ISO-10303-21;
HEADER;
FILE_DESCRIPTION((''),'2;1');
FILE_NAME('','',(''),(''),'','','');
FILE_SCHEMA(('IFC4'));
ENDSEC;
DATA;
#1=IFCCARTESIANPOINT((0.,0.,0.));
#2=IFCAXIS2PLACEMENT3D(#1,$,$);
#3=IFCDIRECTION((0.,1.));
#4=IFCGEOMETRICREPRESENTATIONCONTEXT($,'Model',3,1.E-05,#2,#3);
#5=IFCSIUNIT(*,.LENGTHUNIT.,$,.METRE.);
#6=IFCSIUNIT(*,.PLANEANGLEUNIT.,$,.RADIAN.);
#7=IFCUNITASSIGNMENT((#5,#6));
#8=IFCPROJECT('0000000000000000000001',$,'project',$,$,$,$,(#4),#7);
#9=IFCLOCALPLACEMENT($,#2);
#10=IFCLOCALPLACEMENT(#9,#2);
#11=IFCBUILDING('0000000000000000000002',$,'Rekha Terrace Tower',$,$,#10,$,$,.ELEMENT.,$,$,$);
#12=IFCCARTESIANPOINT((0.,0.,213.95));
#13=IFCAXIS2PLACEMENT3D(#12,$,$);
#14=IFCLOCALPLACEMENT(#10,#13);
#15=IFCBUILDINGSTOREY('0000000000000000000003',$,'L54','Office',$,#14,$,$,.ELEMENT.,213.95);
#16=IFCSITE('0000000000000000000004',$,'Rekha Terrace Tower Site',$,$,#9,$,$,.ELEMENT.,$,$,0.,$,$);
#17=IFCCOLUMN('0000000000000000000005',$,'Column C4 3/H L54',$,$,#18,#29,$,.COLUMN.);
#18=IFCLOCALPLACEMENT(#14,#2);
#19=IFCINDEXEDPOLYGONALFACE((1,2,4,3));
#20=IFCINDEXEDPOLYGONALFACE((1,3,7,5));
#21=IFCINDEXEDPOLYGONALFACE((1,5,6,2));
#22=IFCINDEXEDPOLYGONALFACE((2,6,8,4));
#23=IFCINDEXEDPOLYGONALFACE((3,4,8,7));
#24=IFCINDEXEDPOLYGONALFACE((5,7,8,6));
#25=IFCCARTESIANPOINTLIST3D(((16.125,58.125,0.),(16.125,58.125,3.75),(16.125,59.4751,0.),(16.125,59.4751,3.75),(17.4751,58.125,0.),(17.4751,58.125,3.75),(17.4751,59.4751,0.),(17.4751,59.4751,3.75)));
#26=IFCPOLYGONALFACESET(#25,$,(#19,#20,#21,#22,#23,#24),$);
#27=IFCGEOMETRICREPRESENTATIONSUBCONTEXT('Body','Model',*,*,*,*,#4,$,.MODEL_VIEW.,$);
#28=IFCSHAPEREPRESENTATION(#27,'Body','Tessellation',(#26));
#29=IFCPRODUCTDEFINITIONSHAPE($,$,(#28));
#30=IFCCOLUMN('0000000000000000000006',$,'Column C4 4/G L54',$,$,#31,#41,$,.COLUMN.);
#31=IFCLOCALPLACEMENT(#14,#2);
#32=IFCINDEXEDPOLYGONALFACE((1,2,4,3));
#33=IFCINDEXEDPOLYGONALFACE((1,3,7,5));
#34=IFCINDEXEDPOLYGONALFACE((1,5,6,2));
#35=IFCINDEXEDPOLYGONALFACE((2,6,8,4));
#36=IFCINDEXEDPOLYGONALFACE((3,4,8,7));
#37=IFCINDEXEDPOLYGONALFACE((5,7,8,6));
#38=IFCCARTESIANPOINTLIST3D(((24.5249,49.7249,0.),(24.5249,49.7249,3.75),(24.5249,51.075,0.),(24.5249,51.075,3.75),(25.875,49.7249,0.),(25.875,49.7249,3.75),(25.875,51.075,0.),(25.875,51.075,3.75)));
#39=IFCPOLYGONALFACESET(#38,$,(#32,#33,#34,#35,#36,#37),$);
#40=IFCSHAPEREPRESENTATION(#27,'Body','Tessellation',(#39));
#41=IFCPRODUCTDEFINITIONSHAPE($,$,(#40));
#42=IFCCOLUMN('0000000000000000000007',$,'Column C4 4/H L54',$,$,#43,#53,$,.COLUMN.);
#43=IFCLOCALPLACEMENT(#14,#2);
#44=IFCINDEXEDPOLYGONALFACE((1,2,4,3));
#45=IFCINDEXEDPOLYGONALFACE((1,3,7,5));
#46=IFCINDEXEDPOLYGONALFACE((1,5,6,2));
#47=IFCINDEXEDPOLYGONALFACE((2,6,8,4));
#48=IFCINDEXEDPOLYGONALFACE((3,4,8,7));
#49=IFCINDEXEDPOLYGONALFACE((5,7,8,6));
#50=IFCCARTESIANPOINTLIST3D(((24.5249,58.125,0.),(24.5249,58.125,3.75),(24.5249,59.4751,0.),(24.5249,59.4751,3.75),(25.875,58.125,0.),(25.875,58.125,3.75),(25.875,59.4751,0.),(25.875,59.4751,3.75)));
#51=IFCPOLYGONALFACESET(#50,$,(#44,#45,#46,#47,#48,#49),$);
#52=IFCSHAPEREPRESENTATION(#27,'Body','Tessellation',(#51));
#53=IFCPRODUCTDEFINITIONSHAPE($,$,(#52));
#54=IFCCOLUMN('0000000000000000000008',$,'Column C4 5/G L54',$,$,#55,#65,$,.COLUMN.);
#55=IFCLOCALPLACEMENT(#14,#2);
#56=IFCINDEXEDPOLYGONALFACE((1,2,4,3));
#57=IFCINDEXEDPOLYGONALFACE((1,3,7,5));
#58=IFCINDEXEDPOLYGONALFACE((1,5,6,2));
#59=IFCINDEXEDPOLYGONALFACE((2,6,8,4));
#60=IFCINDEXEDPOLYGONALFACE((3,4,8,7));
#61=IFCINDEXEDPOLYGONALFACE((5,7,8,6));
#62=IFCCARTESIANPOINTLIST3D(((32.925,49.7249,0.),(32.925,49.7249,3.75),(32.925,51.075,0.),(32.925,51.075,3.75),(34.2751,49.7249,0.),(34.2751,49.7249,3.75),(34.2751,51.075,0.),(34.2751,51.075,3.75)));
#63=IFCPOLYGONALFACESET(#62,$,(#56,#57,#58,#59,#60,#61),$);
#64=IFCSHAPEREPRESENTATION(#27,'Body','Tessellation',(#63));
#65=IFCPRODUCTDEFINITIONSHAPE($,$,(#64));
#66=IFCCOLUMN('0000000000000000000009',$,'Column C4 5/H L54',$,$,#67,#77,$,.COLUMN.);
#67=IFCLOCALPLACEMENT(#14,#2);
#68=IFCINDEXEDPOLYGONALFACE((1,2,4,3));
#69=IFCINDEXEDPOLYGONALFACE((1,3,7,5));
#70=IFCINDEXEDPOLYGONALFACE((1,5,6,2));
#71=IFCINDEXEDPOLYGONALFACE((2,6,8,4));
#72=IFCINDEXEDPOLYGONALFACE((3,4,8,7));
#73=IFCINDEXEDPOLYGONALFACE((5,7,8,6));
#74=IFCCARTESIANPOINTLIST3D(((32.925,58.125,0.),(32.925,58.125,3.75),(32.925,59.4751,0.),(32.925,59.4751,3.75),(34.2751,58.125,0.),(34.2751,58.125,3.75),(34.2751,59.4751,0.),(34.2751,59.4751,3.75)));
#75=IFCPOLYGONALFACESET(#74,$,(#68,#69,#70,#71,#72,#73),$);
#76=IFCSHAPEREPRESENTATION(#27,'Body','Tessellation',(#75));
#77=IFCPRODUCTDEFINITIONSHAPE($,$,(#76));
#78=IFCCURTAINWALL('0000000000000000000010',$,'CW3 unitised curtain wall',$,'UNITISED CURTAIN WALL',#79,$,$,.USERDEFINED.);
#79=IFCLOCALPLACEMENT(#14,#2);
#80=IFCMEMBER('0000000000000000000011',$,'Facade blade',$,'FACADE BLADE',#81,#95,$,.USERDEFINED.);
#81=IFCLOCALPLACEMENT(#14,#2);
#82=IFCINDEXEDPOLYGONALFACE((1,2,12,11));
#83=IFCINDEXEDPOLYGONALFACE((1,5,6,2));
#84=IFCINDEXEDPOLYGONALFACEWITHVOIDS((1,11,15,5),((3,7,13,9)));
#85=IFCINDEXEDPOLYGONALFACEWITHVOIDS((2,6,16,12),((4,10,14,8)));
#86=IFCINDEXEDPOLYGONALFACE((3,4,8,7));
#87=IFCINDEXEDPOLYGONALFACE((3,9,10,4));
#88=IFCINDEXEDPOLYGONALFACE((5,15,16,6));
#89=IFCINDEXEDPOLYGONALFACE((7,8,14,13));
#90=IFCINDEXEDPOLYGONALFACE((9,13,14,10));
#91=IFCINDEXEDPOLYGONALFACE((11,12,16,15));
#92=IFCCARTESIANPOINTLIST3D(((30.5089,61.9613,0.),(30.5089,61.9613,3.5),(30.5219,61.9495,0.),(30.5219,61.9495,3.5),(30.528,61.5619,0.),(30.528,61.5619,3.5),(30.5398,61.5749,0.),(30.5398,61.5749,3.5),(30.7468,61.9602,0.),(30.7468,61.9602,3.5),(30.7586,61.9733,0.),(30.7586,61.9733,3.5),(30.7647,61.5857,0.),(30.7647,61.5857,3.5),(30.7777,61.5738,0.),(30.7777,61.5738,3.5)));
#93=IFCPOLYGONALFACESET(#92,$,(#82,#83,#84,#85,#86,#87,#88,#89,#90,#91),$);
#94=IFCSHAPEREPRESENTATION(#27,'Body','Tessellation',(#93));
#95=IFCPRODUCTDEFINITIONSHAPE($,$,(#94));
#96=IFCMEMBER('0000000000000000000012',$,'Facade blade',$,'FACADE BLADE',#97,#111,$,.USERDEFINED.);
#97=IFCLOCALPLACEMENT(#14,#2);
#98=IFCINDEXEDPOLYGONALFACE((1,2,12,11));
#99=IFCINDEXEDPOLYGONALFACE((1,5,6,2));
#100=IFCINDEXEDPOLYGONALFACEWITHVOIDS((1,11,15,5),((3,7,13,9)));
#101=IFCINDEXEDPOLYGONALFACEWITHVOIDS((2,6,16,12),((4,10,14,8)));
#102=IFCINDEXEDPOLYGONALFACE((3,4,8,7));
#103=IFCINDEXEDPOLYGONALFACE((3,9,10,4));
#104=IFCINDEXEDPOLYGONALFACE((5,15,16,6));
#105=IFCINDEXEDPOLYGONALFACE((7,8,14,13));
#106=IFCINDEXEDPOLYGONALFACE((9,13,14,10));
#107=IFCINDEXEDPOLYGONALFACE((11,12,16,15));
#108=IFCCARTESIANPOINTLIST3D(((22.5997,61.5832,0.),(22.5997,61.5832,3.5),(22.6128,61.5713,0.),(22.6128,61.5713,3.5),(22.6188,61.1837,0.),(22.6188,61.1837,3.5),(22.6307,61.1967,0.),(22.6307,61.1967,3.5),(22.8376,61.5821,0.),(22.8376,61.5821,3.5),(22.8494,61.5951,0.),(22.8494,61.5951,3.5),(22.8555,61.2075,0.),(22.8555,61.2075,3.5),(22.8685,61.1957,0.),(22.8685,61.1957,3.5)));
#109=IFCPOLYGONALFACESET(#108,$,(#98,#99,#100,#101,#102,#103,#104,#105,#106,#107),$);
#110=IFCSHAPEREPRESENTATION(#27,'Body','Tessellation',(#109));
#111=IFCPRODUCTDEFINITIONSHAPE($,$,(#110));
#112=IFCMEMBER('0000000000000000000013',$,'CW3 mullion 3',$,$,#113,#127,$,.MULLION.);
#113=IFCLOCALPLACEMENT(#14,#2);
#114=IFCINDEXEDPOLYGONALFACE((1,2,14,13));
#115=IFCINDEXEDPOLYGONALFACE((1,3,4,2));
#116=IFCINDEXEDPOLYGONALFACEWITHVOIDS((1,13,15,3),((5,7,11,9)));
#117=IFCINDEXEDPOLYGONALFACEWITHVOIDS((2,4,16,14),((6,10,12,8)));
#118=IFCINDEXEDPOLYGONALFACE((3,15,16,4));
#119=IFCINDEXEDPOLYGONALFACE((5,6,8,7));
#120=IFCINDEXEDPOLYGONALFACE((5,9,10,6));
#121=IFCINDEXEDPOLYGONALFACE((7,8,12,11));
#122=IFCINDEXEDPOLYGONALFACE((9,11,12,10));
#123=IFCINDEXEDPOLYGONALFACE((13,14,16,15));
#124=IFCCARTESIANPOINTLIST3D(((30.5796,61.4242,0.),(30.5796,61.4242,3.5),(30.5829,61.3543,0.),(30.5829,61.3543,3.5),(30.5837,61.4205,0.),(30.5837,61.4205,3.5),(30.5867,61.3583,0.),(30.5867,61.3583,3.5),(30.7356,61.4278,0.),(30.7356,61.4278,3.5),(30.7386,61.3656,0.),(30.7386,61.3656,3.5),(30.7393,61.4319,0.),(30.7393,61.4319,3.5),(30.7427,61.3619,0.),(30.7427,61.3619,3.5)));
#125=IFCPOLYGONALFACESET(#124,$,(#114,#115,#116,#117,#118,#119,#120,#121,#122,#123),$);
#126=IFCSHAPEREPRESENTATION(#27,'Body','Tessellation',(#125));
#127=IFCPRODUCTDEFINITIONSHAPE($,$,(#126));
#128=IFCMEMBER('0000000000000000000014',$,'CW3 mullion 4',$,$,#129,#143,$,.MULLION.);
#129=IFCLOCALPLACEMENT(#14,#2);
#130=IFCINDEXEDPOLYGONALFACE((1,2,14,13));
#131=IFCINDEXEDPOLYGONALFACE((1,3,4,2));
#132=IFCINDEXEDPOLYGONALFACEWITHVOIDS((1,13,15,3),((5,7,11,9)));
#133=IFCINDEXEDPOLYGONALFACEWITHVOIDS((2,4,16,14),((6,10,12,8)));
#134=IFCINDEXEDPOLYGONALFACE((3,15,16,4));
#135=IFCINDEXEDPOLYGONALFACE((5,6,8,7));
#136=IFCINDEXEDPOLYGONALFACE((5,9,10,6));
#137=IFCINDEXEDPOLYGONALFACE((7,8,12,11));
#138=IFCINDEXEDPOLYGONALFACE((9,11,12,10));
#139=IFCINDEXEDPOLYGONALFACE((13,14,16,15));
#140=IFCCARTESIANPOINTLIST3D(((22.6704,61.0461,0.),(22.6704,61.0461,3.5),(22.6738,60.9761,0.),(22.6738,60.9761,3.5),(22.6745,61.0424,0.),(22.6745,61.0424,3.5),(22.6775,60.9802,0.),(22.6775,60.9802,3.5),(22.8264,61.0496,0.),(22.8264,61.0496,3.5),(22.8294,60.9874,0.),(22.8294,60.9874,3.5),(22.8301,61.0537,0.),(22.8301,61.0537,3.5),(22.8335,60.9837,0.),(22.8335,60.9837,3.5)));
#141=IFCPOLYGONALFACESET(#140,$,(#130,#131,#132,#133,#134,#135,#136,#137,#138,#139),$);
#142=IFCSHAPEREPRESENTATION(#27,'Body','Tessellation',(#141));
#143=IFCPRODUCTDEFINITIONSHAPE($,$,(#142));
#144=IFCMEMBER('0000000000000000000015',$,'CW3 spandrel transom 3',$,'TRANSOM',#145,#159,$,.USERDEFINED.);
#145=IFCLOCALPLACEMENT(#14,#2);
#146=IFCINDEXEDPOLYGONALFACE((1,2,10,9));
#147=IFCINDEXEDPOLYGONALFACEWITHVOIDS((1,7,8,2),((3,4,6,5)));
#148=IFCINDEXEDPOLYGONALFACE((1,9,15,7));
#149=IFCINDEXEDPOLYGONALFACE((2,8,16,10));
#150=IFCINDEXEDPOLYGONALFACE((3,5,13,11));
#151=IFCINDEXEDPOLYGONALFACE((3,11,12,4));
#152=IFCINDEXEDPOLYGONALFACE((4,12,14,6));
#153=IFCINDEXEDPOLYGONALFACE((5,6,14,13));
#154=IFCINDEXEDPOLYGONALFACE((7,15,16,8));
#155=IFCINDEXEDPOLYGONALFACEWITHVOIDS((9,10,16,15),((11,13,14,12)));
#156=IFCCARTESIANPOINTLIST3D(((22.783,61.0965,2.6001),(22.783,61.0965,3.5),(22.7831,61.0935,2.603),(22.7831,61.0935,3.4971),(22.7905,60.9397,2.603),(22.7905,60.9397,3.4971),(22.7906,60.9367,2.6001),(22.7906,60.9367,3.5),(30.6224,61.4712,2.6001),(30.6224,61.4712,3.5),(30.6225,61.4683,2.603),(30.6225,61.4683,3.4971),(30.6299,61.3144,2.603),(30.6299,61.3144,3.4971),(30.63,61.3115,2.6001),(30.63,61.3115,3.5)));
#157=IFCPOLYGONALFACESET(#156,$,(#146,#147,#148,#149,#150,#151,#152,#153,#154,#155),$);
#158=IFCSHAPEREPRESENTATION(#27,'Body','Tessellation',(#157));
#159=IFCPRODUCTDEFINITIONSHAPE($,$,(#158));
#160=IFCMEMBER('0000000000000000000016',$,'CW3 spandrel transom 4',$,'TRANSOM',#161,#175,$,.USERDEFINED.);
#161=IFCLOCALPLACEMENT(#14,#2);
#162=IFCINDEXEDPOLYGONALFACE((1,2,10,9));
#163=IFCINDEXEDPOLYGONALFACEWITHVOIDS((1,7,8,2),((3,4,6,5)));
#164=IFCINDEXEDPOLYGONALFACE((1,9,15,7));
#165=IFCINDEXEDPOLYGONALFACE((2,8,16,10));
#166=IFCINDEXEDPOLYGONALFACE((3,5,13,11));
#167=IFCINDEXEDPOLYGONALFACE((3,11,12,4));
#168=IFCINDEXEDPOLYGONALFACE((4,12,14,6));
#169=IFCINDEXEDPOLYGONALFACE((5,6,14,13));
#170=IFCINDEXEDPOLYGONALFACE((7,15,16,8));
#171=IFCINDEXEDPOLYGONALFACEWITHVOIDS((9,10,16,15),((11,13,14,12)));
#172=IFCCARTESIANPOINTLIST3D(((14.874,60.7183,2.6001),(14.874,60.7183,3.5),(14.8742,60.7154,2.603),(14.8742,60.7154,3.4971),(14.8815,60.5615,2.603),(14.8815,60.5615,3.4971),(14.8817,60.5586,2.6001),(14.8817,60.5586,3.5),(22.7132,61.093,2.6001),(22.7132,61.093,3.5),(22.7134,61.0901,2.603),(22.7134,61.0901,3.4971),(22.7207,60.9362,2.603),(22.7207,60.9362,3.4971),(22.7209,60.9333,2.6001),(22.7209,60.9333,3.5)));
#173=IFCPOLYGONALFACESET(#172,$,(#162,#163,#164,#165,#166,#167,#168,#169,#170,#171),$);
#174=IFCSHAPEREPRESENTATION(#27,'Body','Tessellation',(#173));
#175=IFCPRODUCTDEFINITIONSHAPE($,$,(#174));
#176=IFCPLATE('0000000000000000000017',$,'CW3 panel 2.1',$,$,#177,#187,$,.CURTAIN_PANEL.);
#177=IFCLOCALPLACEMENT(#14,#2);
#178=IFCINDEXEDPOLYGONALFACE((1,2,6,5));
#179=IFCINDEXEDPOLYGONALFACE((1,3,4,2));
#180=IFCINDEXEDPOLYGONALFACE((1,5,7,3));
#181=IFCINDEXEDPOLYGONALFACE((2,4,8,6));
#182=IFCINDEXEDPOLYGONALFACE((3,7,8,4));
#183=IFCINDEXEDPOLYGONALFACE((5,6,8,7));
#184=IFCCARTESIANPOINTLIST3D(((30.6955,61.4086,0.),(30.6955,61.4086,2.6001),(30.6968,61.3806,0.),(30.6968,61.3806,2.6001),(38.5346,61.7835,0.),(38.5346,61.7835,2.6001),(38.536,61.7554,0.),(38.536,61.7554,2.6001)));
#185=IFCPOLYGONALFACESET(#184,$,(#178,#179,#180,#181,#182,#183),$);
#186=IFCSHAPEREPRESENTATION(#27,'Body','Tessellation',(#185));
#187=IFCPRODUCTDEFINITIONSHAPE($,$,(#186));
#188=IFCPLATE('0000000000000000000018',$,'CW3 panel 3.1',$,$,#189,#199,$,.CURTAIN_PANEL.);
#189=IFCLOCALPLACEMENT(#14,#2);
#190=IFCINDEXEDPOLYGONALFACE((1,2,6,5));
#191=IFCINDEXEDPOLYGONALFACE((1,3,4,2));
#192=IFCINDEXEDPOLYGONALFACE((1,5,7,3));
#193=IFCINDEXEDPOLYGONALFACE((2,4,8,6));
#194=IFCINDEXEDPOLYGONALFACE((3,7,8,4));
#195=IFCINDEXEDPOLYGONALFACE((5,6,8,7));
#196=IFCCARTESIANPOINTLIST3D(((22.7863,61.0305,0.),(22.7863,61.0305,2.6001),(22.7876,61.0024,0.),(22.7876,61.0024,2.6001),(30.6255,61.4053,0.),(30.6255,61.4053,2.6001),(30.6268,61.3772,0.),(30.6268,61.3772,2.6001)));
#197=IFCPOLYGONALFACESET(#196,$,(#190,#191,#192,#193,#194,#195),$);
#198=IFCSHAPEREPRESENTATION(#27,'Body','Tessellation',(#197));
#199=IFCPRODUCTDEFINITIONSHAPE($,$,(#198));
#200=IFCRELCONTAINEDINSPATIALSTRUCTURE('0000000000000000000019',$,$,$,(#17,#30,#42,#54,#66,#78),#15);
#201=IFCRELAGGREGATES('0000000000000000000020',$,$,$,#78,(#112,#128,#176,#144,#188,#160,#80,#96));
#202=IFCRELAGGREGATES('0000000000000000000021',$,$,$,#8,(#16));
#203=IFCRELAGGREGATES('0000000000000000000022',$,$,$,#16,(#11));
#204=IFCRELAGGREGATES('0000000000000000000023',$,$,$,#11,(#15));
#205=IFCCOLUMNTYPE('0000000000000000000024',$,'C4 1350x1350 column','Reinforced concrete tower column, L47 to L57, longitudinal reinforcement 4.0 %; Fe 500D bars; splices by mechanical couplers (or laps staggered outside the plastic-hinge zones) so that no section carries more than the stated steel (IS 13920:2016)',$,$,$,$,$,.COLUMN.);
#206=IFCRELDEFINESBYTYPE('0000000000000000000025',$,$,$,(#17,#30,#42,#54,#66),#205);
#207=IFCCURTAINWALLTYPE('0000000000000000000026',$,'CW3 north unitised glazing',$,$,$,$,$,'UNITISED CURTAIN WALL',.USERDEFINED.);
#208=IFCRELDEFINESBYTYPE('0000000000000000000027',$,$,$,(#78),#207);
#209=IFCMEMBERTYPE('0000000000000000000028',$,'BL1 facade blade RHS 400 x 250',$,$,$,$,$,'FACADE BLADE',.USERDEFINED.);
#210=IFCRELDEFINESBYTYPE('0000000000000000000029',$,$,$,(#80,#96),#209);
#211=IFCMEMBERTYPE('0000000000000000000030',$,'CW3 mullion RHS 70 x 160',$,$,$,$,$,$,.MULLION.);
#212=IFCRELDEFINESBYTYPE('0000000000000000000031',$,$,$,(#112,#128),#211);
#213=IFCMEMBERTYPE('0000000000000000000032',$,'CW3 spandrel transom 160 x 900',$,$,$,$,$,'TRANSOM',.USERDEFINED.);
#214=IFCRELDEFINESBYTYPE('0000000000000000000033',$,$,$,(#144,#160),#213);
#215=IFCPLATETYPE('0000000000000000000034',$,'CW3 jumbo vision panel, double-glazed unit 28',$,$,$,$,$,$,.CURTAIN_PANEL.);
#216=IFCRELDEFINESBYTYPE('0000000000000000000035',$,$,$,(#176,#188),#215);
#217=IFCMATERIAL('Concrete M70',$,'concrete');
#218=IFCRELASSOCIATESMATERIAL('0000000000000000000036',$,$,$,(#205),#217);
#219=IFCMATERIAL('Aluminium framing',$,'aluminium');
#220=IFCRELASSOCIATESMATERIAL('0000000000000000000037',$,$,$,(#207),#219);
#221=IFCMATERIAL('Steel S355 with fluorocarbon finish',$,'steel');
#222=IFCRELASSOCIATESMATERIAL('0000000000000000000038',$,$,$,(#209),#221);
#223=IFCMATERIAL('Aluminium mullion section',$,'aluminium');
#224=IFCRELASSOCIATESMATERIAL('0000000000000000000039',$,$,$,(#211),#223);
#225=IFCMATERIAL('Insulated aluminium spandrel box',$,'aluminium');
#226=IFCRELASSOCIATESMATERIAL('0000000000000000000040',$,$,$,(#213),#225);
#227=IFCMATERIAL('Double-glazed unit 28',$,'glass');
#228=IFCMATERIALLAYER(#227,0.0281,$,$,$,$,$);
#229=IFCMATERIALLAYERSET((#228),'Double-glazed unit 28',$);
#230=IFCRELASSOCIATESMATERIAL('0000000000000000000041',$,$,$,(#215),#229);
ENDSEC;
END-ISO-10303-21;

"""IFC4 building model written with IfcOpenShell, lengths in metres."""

from ifc_helpers import new_model, si_unit, direction, frame, origin, origin_2d, place, context, subcontext, project, spatial, rectangle, hollow_rectangle, extrude, material, layer, layer_set, material_profile, profile_set, type_object, element, aggregate, save


model = new_model("IFC4")

# Units and contexts
model_context = context("Model", 3, precision=1e-05, world=origin(), true_north=direction((0.0, 1.0)))
body_context = subcontext(model_context, "Body", "Model", "MODEL_VIEW")
ifc_project = project(units=[si_unit("LENGTHUNIT", "METRE"), si_unit("PLANEANGLEUNIT", "RADIAN")], contexts=[model_context])

# Site, building, storey
site_placement = place(None, origin())
site = spatial("IfcSite", under=ifc_project, at=site_placement, Name="Rekha Terrace Tower Site", CompositionType="ELEMENT", RefElevation=0.0)
building_placement = place(site_placement, origin())
building = spatial("IfcBuilding", under=site, at=building_placement, Name="Rekha Terrace Tower", CompositionType="ELEMENT")
storey_placement = place(building_placement, frame((0.0, 0.0, 213.95)))
storey = spatial("IfcBuildingStorey", under=building, at=storey_placement, Name="L54", Description="Office", CompositionType="ELEMENT", Elevation=213.95)

# Columns
ifc_material_1 = material(Name="Concrete M70", Category="concrete")
ifc_material_profile_1 = material_profile(ifc_material_1, rectangle(XDim=1.3501, YDim=1.3501, at=origin_2d()), Name="RC 1350x1350")
ifc_profile_set_1 = profile_set([ifc_material_profile_1], Name="Concrete M70")
column_type = type_object("IfcColumnType", Name="C4 1350x1350 column", Description="Reinforced concrete tower column, L47 to L57, longitudinal reinforcement 4.0 %; Fe 500D bars; splices by mechanical couplers (or laps staggered outside the plastic-hinge zones) so that no section carries more than the stated steel (IS 13920:2016)", PredefinedType="COLUMN", material=ifc_profile_set_1)
for number, where, z_axis, x_axis, name in (
    (1, (16.8, 58.8, 0.0), (0.0, 0.0, 1.0), (1.0, 0.0, 0.0), "Column C4 3/H L54"),
    (2, (25.2, 50.3999, 0.0), (0.0, 0.0, 1.0), (1.0, 0.0, 0.0), "Column C4 4/G L54"),
    (3, (25.2, 58.8, 0.0), (0.0, 0.0, 1.0), (1.0, 0.0, 0.0), "Column C4 4/H L54"),
    (4, (33.6001, 50.3999, 0.0), (0.0, 0.0, 1.0), (1.0, 0.0, 0.0), "Column C4 5/G L54"),
    (5, (33.6001, 58.8, 0.0), (0.0, 0.0, 1.0), (1.0, 0.0, 0.0), "Column C4 5/H L54"),
):
    element("IfcColumn", number, at=place(storey_placement, frame(where, z_axis=z_axis, x_axis=x_axis)), inside=storey, type_object=column_type, Name=name, PredefinedType="COLUMN", context=body_context, shape_type="SweptSolid", body=[
        extrude(rectangle(XDim=1.3501, YDim=1.3501, at=origin_2d()), origin(), (0.0, 0.0, 1.0), 3.75),
    ])

# Curtain wall, members, plates
ifc_material_2 = material(Name="Aluminium framing", Category="aluminium")
curtain_wall_type = type_object("IfcCurtainWallType", Name="CW3 north unitised glazing", ElementType="UNITISED CURTAIN WALL", PredefinedType="USERDEFINED", material=ifc_material_2)
curtain_wall_placement = place(storey_placement, origin())
curtain_wall = element("IfcCurtainWall", 6, at=curtain_wall_placement, inside=storey, type_object=curtain_wall_type, Name="CW3 unitised curtain wall", ObjectType="UNITISED CURTAIN WALL", PredefinedType="USERDEFINED")
ifc_material_3 = material(Name="Steel S355 with fluorocarbon finish", Category="steel")
ifc_material_profile_2 = material_profile(ifc_material_3, hollow_rectangle(XDim=0.25, YDim=0.3999, WallThickness=0.0125, at=origin_2d()), Name="RHS400x250x12.5")
ifc_profile_set_2 = profile_set([ifc_material_profile_2], Name="Steel S355 with fluorocarbon finish")
member_type_1 = type_object("IfcMemberType", Name="BL1 facade blade RHS 400 x 250", ElementType="FACADE BLADE", PredefinedType="USERDEFINED", material=ifc_profile_set_2)
member_1_placement = place(storey_placement, frame((30.6433, 61.7676, 0.0), z_axis=(0.0, 0.0, 1.0), x_axis=(-0.998859, -0.047758, 0.0)))
member_1 = element("IfcMember", 7, at=member_1_placement, type_object=member_type_1, Name="Facade blade", ObjectType="FACADE BLADE", PredefinedType="USERDEFINED", context=body_context, shape_type="SweptSolid", body=[
    extrude(hollow_rectangle(XDim=0.25, YDim=0.3999, WallThickness=0.0125, at=origin_2d()), origin(), (0.0, 0.0, 1.0), 3.5),
])
member_2_placement = place(storey_placement, frame((22.7341, 61.3894, 0.0), z_axis=(0.0, 0.0, 1.0), x_axis=(-0.998859, -0.047758, 0.0)))
member_2 = element("IfcMember", 8, at=member_2_placement, type_object=member_type_1, Name="Facade blade", ObjectType="FACADE BLADE", PredefinedType="USERDEFINED", context=body_context, shape_type="SweptSolid", body=[
    extrude(hollow_rectangle(XDim=0.25, YDim=0.3999, WallThickness=0.0125, at=origin_2d()), origin(), (0.0, 0.0, 1.0), 3.5),
])
ifc_material_4 = material(Name="Aluminium mullion section", Category="aluminium")
ifc_material_profile_3 = material_profile(ifc_material_4, hollow_rectangle(XDim=0.0701, YDim=0.1599, WallThickness=0.0039, at=origin_2d()), Name="AL RHS 70x160")
ifc_profile_set_3 = profile_set([ifc_material_profile_3], Name="Aluminium mullion section")
member_type_2 = type_object("IfcMemberType", Name="CW3 mullion RHS 70 x 160", PredefinedType="MULLION", material=ifc_profile_set_3)
member_3_placement = place(storey_placement, frame((30.6611, 61.3931, 0.0), z_axis=(0.0, 0.0, 1.0), x_axis=(0.047759, -0.998859, 0.0)))
member_3 = element("IfcMember", 9, at=member_3_placement, type_object=member_type_2, Name="CW3 mullion 3", PredefinedType="MULLION", context=body_context, shape_type="SweptSolid", body=[
    extrude(hollow_rectangle(XDim=0.0701, YDim=0.1599, WallThickness=0.0039, at=origin_2d()), origin(), (0.0, 0.0, 1.0), 3.5),
])
member_4_placement = place(storey_placement, frame((22.752, 61.0149, 0.0), z_axis=(0.0, 0.0, 1.0), x_axis=(0.047759, -0.998859, 0.0)))
member_4 = element("IfcMember", 10, at=member_4_placement, type_object=member_type_2, Name="CW3 mullion 4", PredefinedType="MULLION", context=body_context, shape_type="SweptSolid", body=[
    extrude(hollow_rectangle(XDim=0.0701, YDim=0.1599, WallThickness=0.0039, at=origin_2d()), origin(), (0.0, 0.0, 1.0), 3.5),
])
ifc_material_5 = material(Name="Insulated aluminium spandrel box", Category="aluminium")
ifc_material_profile_4 = material_profile(ifc_material_5, hollow_rectangle(XDim=0.1599, YDim=0.8999, WallThickness=0.0029, at=origin_2d()), Name="AL SPANDREL BOX 160x900")
ifc_profile_set_4 = profile_set([ifc_material_profile_4], Name="Insulated aluminium spandrel box")
member_type_3 = type_object("IfcMemberType", Name="CW3 spandrel transom 160 x 900", ElementType="TRANSOM", PredefinedType="USERDEFINED", material=ifc_profile_set_4)
member_5_placement = place(storey_placement, frame((30.6262, 61.3914, 3.05), z_axis=(-0.998859, -0.04775, 0.0), x_axis=(0.04775, -0.998859, 0.0)))
member_5 = element("IfcMember", 11, at=member_5_placement, type_object=member_type_3, Name="CW3 spandrel transom 3", ObjectType="TRANSOM", PredefinedType="USERDEFINED", context=body_context, shape_type="SweptSolid", body=[
    extrude(hollow_rectangle(XDim=0.1599, YDim=0.8999, WallThickness=0.0029, at=origin_2d()), origin(), (0.0, 0.0, 1.0), 7.8484),
])
member_6_placement = place(storey_placement, frame((22.717, 61.0132, 3.05), z_axis=(-0.998859, -0.047751, 0.0), x_axis=(0.047751, -0.998859, 0.0)))
member_6 = element("IfcMember", 12, at=member_6_placement, type_object=member_type_3, Name="CW3 spandrel transom 4", ObjectType="TRANSOM", PredefinedType="USERDEFINED", context=body_context, shape_type="SweptSolid", body=[
    extrude(hollow_rectangle(XDim=0.1599, YDim=0.8999, WallThickness=0.0029, at=origin_2d()), origin(), (0.0, 0.0, 1.0), 7.8481),
])
ifc_material_6 = material(Name="Double-glazed unit 28", Category="glass")
ifc_layer_1 = layer(ifc_material_6, 0.0281)
ifc_layer_set_1 = layer_set([ifc_layer_1], Name="Double-glazed unit 28")
plate_type = type_object("IfcPlateType", Name="CW3 jumbo vision panel, double-glazed unit 28", PredefinedType="CURTAIN_PANEL", material=ifc_layer_set_1)
plate_1_placement = place(storey_placement, frame((34.6157, 61.582, 0.0), z_axis=(0.0, 0.0, 1.0), x_axis=(-0.998859, -0.047759, 0.0)))
plate_1 = element("IfcPlate", 13, at=plate_1_placement, type_object=plate_type, Name="CW3 panel 2.1", PredefinedType="CURTAIN_PANEL", context=body_context, shape_type="SweptSolid", body=[
    extrude(rectangle(XDim=7.8481, YDim=0.0281, at=origin_2d()), origin(), (0.0, 0.0, 1.0), 2.6001),
])
plate_2_placement = place(storey_placement, frame((26.7065, 61.2039, 0.0), z_axis=(0.0, 0.0, 1.0), x_axis=(-0.998859, -0.047759, 0.0)))
plate_2 = element("IfcPlate", 14, at=plate_2_placement, type_object=plate_type, Name="CW3 panel 3.1", PredefinedType="CURTAIN_PANEL", context=body_context, shape_type="SweptSolid", body=[
    extrude(rectangle(XDim=7.8481, YDim=0.0281, at=origin_2d()), origin(), (0.0, 0.0, 1.0), 2.6001),
])
aggregate(curtain_wall, [member_3, member_4, plate_1, member_5, plate_2, member_6, member_1, member_2])

save(model, "model.ifc")
